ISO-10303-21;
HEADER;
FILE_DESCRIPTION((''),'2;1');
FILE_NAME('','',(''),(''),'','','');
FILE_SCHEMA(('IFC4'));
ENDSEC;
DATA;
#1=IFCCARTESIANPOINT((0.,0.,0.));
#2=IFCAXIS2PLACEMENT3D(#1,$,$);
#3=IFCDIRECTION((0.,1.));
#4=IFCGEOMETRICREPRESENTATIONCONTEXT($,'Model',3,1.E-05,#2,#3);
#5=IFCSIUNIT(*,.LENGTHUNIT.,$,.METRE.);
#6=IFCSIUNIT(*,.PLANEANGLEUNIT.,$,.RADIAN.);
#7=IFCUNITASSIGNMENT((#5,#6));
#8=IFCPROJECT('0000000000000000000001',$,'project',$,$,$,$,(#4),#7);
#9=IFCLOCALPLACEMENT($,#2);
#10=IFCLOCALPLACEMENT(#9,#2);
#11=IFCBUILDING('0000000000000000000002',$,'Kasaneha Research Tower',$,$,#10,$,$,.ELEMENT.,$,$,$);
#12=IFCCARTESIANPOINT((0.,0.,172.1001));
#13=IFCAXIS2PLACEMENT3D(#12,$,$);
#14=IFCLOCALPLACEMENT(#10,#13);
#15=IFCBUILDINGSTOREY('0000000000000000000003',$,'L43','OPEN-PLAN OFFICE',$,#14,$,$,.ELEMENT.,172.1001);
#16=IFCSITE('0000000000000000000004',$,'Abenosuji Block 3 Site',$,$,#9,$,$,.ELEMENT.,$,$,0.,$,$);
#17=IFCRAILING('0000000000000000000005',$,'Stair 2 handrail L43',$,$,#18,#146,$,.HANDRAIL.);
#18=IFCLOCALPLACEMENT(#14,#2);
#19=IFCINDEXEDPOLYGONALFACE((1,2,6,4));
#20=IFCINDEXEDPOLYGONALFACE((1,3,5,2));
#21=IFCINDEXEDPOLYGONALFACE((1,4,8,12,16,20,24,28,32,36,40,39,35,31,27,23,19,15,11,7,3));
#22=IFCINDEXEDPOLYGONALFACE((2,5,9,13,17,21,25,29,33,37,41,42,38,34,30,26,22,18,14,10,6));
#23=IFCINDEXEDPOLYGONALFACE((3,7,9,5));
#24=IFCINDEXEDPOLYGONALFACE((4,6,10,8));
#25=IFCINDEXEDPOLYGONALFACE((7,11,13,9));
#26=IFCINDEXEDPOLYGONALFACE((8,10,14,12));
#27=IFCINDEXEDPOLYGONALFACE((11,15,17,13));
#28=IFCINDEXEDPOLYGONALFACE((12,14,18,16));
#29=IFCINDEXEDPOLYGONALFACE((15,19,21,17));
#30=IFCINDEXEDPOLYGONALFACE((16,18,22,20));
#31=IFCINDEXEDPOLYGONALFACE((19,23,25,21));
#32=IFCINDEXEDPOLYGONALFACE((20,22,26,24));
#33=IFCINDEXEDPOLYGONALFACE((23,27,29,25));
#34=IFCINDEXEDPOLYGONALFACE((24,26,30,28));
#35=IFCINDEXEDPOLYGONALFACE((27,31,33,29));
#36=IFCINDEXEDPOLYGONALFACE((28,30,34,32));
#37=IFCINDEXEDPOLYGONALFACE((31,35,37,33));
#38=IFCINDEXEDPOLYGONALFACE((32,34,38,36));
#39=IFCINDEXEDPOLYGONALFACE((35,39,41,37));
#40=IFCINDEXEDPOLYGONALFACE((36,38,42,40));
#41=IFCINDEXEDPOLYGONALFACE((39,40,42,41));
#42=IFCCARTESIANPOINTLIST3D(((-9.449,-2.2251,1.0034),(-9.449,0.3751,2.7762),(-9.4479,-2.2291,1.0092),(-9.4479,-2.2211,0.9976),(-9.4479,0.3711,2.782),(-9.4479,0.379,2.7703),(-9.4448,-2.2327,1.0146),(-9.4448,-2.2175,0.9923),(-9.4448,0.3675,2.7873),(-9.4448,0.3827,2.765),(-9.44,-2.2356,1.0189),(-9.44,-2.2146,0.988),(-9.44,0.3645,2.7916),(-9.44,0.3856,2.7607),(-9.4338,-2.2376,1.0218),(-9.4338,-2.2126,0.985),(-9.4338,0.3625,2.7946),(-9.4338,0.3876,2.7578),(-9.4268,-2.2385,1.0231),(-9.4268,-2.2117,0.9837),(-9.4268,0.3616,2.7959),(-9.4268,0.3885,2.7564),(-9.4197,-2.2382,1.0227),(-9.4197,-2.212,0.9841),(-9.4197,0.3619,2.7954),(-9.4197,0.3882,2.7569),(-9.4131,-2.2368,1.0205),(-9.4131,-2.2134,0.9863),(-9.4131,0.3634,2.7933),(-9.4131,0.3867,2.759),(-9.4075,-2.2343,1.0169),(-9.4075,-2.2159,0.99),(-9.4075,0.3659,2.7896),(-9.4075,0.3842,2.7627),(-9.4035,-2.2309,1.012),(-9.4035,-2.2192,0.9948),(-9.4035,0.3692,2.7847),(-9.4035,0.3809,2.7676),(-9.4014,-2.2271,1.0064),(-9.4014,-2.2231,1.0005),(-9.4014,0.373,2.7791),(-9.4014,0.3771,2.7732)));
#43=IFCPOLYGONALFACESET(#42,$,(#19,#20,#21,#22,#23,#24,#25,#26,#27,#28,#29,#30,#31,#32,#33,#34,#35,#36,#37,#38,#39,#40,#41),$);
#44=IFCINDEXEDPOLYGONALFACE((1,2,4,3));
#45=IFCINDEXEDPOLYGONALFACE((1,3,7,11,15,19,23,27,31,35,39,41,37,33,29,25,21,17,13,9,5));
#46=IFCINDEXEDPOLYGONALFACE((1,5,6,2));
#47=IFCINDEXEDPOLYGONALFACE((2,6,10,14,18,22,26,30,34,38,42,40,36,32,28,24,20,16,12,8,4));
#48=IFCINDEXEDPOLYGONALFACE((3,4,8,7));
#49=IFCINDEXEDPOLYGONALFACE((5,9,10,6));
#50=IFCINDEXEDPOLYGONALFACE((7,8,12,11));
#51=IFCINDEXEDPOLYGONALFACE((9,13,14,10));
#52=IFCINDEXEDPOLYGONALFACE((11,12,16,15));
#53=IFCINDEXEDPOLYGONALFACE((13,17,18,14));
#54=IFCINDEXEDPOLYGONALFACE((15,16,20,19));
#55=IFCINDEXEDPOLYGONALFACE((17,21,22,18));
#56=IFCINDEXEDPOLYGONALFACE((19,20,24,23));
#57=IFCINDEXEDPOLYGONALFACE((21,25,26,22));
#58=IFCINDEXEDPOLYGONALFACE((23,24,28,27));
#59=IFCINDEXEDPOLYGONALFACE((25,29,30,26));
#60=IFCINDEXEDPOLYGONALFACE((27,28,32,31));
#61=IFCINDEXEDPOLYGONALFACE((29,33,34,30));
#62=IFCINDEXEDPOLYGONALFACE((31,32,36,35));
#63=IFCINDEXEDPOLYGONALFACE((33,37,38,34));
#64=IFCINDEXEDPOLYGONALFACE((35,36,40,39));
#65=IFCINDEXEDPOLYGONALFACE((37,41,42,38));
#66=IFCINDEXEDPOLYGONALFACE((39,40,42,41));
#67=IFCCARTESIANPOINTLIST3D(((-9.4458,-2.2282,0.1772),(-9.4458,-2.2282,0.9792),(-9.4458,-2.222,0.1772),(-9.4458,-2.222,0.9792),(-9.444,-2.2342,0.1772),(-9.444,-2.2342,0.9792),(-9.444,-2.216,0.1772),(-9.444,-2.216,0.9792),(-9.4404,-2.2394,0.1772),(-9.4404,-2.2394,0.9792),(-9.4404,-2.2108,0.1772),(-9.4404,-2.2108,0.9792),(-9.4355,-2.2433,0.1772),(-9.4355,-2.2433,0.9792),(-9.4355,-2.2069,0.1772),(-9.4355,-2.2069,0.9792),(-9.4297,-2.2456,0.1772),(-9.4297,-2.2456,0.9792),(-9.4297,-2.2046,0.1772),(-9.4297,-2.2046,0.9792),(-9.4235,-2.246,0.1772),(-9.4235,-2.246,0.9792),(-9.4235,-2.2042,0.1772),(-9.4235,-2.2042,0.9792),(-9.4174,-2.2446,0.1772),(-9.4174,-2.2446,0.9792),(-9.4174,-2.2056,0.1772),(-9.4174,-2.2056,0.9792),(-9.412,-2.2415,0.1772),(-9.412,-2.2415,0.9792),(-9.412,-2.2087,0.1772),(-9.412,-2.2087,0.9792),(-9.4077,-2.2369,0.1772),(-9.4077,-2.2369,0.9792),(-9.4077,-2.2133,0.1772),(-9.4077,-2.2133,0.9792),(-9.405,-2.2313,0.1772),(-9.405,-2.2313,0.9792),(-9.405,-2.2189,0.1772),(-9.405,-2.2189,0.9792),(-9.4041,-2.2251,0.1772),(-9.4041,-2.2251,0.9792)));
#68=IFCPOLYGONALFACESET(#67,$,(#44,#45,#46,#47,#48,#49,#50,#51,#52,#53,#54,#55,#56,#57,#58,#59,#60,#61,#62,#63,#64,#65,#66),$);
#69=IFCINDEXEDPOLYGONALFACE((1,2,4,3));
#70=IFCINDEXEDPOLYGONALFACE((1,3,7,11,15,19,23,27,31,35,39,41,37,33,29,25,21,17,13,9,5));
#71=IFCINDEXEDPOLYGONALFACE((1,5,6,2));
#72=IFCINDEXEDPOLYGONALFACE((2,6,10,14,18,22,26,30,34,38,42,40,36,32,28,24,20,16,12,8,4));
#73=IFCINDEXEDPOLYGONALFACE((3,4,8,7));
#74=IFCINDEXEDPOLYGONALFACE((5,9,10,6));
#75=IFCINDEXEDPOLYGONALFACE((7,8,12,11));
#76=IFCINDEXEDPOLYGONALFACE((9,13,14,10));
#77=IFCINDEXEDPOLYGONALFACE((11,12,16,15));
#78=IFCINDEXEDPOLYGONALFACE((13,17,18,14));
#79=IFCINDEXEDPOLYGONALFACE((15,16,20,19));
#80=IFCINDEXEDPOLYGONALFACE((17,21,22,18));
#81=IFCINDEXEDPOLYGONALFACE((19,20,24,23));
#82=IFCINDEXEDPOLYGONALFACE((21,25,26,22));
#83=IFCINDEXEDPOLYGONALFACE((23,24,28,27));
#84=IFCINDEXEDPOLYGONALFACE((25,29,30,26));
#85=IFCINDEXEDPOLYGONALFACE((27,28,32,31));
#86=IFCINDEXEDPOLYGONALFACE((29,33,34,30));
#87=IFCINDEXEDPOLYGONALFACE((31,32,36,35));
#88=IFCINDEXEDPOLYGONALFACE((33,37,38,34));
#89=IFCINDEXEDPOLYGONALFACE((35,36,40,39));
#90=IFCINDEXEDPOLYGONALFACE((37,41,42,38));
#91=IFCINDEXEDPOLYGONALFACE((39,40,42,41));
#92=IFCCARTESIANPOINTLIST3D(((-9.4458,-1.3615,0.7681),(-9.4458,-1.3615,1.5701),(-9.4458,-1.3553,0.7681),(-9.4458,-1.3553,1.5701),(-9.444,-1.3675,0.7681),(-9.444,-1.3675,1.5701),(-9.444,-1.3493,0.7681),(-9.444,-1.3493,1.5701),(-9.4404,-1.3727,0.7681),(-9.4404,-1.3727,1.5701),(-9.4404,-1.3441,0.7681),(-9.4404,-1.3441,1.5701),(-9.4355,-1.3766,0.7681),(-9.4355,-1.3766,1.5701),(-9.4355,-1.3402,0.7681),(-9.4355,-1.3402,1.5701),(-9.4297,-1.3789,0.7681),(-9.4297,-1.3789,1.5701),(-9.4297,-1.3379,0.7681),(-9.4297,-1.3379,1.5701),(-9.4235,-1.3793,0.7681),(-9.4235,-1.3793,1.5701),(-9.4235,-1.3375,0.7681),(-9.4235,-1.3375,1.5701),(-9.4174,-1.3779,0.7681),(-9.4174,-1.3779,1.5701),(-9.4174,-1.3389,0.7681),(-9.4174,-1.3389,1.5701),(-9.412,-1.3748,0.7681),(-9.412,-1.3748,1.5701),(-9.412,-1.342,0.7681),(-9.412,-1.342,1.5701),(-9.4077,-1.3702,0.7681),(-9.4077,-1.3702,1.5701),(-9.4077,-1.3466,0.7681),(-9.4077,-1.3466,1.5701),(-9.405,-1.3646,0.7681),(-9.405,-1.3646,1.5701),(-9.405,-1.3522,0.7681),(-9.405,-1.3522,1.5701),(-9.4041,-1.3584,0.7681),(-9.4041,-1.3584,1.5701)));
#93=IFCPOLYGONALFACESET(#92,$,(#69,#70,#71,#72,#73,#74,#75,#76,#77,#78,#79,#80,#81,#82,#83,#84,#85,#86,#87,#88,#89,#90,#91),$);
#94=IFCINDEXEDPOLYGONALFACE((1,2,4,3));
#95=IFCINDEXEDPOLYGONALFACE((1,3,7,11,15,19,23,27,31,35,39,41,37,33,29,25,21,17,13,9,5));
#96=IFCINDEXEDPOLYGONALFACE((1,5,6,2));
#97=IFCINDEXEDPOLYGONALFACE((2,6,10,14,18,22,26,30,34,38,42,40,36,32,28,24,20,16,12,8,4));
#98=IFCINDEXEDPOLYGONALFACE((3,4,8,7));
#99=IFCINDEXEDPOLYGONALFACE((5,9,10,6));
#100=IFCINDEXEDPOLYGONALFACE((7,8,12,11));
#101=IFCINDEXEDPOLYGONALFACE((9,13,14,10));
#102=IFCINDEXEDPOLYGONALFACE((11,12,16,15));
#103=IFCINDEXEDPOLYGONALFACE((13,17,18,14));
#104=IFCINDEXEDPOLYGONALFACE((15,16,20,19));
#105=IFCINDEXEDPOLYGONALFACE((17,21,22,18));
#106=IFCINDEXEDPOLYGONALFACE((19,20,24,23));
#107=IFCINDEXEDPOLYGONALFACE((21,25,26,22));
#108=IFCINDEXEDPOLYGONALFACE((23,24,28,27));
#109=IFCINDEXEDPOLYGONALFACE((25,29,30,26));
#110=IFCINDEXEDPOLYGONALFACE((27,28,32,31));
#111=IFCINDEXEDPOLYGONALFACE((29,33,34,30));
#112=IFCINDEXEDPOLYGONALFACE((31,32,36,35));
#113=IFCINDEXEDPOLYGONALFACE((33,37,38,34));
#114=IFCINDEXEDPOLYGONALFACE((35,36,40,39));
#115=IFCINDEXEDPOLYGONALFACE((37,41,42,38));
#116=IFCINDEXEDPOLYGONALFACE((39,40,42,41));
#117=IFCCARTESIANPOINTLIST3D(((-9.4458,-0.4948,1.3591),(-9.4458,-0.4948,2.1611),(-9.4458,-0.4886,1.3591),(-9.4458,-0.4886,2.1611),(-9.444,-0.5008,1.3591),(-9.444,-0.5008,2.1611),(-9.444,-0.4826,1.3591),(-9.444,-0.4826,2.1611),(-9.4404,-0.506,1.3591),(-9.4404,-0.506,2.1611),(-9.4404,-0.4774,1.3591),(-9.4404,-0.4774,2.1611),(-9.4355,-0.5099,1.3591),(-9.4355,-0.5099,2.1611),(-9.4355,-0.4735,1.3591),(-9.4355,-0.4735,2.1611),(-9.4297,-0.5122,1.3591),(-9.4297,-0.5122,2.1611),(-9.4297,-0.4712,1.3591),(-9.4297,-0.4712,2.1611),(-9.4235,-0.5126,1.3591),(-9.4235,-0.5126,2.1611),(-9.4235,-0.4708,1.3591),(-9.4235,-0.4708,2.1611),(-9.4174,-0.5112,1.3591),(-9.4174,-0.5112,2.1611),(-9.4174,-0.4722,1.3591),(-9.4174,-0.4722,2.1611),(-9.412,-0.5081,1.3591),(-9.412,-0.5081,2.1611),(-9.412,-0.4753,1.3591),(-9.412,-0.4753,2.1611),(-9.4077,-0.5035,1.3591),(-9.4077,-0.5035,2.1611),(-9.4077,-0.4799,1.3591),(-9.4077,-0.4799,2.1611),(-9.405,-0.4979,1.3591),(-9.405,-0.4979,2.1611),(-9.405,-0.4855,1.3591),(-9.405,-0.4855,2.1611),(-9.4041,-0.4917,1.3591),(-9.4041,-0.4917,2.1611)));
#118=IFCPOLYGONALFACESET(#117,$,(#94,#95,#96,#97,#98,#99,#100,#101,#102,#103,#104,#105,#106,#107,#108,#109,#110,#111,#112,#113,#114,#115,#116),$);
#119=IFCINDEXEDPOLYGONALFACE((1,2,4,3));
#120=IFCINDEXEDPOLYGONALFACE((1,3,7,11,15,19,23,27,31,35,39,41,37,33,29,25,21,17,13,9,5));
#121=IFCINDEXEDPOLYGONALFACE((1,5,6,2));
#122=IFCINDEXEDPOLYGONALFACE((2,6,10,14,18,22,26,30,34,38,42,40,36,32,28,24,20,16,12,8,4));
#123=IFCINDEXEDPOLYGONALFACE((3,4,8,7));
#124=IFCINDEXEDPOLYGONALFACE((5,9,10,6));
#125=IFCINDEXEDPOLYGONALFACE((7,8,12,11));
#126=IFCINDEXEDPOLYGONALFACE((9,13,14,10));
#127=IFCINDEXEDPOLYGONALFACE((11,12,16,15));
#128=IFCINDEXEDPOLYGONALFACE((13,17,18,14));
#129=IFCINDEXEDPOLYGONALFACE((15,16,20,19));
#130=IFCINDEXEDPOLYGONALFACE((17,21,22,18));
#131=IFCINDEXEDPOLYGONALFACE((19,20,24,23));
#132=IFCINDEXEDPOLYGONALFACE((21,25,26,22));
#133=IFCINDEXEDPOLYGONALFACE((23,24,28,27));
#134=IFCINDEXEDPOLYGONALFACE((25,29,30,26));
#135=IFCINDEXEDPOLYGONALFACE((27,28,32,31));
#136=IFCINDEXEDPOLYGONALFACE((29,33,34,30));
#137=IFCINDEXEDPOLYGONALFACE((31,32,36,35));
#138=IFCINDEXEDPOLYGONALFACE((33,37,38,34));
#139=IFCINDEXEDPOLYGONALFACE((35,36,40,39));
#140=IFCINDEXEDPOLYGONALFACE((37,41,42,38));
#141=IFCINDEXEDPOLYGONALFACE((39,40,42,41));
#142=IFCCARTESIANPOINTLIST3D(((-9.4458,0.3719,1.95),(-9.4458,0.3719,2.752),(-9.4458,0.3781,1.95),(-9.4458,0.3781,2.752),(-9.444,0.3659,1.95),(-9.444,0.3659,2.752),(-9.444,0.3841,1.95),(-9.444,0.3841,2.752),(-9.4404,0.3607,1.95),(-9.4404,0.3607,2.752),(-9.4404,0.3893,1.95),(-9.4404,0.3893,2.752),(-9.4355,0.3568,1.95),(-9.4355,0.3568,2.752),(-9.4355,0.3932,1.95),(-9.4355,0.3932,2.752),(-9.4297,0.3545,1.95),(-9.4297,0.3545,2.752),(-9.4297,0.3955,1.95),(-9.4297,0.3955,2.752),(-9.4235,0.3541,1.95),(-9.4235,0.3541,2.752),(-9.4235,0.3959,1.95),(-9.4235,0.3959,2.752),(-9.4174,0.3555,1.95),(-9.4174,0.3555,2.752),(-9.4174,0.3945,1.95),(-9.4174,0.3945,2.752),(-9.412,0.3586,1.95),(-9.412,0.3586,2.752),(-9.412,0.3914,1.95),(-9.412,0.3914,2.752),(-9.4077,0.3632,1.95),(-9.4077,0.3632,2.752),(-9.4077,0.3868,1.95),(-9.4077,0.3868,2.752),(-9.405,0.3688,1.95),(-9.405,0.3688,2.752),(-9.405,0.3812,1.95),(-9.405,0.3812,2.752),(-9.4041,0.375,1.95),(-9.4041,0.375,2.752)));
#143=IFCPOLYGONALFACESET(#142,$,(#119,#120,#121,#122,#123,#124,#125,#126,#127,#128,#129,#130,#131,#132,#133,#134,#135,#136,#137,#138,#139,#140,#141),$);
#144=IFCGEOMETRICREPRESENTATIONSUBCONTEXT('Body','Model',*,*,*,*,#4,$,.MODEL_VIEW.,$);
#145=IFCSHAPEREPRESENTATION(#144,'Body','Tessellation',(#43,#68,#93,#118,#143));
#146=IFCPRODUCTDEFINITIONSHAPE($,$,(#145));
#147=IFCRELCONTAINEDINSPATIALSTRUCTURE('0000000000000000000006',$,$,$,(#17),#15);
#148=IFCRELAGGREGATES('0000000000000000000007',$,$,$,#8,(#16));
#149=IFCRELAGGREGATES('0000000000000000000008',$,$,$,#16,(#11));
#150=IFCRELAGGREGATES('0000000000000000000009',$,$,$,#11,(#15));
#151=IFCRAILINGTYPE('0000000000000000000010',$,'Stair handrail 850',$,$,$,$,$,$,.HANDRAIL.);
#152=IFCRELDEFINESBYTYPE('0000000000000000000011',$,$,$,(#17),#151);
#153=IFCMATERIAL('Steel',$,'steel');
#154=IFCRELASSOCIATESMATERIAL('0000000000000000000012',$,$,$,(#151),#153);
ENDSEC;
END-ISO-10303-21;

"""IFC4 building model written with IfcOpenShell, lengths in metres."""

from ifc_helpers import new_model, si_unit, direction, frame, origin, origin_2d, place, context, subcontext, project, spatial, circle, extrude, material, type_object, element, save


model = new_model("IFC4")

# Units and contexts
model_context = context("Model", 3, precision=1e-05, world=origin(), true_north=direction((0.0, 1.0)))
body_context = subcontext(model_context, "Body", "Model", "MODEL_VIEW")
ifc_project = project(units=[si_unit("LENGTHUNIT", "METRE"), si_unit("PLANEANGLEUNIT", "RADIAN")], contexts=[model_context])

# Site, building, storey
site_placement = place(None, origin())
site = spatial("IfcSite", under=ifc_project, at=site_placement, Name="Abenosuji Block 3 Site", CompositionType="ELEMENT", RefElevation=0.0)
building_placement = place(site_placement, origin())
building = spatial("IfcBuilding", under=site, at=building_placement, Name="Kasaneha Research Tower", CompositionType="ELEMENT")
storey_placement = place(building_placement, frame((0.0, 0.0, 172.1001)))
storey = spatial("IfcBuildingStorey", under=building, at=storey_placement, Name="L43", Description="OPEN-PLAN OFFICE", CompositionType="ELEMENT", Elevation=172.1001)

# Railing
ifc_material_1 = material(Name="Steel", Category="steel")
railing_type_1 = type_object("IfcRailingType", Name="Stair handrail 850", PredefinedType="HANDRAIL", material=ifc_material_1)
railing_1_placement = place(storey_placement, frame((-9.425, -2.2251, 0.1772)))
element("IfcRailing", 1, at=railing_1_placement, inside=storey, type_object=railing_type_1, Name="Stair 2 handrail L43", PredefinedType="HANDRAIL", context=body_context, shape_type="SweptSolid", body=[
    extrude(circle(Radius=0.0239, at=origin_2d()), frame((0.0, 0.0, 0.8262), z_axis=(0.0, 0.82624, 0.563318), x_axis=(-1.0, 0.0, 0.0)), (0.0, 0.0, 1.0), 3.147),
    extrude(circle(Radius=0.021, at=origin_2d()), origin(), (0.0, 0.0, 1.0), 0.802),
    extrude(circle(Radius=0.021, at=origin_2d()), frame((0.0, 0.8667, 0.5908)), (0.0, 0.0, 1.0), 0.802),
    extrude(circle(Radius=0.021, at=origin_2d()), frame((0.0, 1.7334, 1.1819)), (0.0, 0.0, 1.0), 0.802),
    extrude(circle(Radius=0.021, at=origin_2d()), frame((0.0, 2.6001, 1.7727)), (0.0, 0.0, 1.0), 0.802),
])

save(model, "model.ifc")
